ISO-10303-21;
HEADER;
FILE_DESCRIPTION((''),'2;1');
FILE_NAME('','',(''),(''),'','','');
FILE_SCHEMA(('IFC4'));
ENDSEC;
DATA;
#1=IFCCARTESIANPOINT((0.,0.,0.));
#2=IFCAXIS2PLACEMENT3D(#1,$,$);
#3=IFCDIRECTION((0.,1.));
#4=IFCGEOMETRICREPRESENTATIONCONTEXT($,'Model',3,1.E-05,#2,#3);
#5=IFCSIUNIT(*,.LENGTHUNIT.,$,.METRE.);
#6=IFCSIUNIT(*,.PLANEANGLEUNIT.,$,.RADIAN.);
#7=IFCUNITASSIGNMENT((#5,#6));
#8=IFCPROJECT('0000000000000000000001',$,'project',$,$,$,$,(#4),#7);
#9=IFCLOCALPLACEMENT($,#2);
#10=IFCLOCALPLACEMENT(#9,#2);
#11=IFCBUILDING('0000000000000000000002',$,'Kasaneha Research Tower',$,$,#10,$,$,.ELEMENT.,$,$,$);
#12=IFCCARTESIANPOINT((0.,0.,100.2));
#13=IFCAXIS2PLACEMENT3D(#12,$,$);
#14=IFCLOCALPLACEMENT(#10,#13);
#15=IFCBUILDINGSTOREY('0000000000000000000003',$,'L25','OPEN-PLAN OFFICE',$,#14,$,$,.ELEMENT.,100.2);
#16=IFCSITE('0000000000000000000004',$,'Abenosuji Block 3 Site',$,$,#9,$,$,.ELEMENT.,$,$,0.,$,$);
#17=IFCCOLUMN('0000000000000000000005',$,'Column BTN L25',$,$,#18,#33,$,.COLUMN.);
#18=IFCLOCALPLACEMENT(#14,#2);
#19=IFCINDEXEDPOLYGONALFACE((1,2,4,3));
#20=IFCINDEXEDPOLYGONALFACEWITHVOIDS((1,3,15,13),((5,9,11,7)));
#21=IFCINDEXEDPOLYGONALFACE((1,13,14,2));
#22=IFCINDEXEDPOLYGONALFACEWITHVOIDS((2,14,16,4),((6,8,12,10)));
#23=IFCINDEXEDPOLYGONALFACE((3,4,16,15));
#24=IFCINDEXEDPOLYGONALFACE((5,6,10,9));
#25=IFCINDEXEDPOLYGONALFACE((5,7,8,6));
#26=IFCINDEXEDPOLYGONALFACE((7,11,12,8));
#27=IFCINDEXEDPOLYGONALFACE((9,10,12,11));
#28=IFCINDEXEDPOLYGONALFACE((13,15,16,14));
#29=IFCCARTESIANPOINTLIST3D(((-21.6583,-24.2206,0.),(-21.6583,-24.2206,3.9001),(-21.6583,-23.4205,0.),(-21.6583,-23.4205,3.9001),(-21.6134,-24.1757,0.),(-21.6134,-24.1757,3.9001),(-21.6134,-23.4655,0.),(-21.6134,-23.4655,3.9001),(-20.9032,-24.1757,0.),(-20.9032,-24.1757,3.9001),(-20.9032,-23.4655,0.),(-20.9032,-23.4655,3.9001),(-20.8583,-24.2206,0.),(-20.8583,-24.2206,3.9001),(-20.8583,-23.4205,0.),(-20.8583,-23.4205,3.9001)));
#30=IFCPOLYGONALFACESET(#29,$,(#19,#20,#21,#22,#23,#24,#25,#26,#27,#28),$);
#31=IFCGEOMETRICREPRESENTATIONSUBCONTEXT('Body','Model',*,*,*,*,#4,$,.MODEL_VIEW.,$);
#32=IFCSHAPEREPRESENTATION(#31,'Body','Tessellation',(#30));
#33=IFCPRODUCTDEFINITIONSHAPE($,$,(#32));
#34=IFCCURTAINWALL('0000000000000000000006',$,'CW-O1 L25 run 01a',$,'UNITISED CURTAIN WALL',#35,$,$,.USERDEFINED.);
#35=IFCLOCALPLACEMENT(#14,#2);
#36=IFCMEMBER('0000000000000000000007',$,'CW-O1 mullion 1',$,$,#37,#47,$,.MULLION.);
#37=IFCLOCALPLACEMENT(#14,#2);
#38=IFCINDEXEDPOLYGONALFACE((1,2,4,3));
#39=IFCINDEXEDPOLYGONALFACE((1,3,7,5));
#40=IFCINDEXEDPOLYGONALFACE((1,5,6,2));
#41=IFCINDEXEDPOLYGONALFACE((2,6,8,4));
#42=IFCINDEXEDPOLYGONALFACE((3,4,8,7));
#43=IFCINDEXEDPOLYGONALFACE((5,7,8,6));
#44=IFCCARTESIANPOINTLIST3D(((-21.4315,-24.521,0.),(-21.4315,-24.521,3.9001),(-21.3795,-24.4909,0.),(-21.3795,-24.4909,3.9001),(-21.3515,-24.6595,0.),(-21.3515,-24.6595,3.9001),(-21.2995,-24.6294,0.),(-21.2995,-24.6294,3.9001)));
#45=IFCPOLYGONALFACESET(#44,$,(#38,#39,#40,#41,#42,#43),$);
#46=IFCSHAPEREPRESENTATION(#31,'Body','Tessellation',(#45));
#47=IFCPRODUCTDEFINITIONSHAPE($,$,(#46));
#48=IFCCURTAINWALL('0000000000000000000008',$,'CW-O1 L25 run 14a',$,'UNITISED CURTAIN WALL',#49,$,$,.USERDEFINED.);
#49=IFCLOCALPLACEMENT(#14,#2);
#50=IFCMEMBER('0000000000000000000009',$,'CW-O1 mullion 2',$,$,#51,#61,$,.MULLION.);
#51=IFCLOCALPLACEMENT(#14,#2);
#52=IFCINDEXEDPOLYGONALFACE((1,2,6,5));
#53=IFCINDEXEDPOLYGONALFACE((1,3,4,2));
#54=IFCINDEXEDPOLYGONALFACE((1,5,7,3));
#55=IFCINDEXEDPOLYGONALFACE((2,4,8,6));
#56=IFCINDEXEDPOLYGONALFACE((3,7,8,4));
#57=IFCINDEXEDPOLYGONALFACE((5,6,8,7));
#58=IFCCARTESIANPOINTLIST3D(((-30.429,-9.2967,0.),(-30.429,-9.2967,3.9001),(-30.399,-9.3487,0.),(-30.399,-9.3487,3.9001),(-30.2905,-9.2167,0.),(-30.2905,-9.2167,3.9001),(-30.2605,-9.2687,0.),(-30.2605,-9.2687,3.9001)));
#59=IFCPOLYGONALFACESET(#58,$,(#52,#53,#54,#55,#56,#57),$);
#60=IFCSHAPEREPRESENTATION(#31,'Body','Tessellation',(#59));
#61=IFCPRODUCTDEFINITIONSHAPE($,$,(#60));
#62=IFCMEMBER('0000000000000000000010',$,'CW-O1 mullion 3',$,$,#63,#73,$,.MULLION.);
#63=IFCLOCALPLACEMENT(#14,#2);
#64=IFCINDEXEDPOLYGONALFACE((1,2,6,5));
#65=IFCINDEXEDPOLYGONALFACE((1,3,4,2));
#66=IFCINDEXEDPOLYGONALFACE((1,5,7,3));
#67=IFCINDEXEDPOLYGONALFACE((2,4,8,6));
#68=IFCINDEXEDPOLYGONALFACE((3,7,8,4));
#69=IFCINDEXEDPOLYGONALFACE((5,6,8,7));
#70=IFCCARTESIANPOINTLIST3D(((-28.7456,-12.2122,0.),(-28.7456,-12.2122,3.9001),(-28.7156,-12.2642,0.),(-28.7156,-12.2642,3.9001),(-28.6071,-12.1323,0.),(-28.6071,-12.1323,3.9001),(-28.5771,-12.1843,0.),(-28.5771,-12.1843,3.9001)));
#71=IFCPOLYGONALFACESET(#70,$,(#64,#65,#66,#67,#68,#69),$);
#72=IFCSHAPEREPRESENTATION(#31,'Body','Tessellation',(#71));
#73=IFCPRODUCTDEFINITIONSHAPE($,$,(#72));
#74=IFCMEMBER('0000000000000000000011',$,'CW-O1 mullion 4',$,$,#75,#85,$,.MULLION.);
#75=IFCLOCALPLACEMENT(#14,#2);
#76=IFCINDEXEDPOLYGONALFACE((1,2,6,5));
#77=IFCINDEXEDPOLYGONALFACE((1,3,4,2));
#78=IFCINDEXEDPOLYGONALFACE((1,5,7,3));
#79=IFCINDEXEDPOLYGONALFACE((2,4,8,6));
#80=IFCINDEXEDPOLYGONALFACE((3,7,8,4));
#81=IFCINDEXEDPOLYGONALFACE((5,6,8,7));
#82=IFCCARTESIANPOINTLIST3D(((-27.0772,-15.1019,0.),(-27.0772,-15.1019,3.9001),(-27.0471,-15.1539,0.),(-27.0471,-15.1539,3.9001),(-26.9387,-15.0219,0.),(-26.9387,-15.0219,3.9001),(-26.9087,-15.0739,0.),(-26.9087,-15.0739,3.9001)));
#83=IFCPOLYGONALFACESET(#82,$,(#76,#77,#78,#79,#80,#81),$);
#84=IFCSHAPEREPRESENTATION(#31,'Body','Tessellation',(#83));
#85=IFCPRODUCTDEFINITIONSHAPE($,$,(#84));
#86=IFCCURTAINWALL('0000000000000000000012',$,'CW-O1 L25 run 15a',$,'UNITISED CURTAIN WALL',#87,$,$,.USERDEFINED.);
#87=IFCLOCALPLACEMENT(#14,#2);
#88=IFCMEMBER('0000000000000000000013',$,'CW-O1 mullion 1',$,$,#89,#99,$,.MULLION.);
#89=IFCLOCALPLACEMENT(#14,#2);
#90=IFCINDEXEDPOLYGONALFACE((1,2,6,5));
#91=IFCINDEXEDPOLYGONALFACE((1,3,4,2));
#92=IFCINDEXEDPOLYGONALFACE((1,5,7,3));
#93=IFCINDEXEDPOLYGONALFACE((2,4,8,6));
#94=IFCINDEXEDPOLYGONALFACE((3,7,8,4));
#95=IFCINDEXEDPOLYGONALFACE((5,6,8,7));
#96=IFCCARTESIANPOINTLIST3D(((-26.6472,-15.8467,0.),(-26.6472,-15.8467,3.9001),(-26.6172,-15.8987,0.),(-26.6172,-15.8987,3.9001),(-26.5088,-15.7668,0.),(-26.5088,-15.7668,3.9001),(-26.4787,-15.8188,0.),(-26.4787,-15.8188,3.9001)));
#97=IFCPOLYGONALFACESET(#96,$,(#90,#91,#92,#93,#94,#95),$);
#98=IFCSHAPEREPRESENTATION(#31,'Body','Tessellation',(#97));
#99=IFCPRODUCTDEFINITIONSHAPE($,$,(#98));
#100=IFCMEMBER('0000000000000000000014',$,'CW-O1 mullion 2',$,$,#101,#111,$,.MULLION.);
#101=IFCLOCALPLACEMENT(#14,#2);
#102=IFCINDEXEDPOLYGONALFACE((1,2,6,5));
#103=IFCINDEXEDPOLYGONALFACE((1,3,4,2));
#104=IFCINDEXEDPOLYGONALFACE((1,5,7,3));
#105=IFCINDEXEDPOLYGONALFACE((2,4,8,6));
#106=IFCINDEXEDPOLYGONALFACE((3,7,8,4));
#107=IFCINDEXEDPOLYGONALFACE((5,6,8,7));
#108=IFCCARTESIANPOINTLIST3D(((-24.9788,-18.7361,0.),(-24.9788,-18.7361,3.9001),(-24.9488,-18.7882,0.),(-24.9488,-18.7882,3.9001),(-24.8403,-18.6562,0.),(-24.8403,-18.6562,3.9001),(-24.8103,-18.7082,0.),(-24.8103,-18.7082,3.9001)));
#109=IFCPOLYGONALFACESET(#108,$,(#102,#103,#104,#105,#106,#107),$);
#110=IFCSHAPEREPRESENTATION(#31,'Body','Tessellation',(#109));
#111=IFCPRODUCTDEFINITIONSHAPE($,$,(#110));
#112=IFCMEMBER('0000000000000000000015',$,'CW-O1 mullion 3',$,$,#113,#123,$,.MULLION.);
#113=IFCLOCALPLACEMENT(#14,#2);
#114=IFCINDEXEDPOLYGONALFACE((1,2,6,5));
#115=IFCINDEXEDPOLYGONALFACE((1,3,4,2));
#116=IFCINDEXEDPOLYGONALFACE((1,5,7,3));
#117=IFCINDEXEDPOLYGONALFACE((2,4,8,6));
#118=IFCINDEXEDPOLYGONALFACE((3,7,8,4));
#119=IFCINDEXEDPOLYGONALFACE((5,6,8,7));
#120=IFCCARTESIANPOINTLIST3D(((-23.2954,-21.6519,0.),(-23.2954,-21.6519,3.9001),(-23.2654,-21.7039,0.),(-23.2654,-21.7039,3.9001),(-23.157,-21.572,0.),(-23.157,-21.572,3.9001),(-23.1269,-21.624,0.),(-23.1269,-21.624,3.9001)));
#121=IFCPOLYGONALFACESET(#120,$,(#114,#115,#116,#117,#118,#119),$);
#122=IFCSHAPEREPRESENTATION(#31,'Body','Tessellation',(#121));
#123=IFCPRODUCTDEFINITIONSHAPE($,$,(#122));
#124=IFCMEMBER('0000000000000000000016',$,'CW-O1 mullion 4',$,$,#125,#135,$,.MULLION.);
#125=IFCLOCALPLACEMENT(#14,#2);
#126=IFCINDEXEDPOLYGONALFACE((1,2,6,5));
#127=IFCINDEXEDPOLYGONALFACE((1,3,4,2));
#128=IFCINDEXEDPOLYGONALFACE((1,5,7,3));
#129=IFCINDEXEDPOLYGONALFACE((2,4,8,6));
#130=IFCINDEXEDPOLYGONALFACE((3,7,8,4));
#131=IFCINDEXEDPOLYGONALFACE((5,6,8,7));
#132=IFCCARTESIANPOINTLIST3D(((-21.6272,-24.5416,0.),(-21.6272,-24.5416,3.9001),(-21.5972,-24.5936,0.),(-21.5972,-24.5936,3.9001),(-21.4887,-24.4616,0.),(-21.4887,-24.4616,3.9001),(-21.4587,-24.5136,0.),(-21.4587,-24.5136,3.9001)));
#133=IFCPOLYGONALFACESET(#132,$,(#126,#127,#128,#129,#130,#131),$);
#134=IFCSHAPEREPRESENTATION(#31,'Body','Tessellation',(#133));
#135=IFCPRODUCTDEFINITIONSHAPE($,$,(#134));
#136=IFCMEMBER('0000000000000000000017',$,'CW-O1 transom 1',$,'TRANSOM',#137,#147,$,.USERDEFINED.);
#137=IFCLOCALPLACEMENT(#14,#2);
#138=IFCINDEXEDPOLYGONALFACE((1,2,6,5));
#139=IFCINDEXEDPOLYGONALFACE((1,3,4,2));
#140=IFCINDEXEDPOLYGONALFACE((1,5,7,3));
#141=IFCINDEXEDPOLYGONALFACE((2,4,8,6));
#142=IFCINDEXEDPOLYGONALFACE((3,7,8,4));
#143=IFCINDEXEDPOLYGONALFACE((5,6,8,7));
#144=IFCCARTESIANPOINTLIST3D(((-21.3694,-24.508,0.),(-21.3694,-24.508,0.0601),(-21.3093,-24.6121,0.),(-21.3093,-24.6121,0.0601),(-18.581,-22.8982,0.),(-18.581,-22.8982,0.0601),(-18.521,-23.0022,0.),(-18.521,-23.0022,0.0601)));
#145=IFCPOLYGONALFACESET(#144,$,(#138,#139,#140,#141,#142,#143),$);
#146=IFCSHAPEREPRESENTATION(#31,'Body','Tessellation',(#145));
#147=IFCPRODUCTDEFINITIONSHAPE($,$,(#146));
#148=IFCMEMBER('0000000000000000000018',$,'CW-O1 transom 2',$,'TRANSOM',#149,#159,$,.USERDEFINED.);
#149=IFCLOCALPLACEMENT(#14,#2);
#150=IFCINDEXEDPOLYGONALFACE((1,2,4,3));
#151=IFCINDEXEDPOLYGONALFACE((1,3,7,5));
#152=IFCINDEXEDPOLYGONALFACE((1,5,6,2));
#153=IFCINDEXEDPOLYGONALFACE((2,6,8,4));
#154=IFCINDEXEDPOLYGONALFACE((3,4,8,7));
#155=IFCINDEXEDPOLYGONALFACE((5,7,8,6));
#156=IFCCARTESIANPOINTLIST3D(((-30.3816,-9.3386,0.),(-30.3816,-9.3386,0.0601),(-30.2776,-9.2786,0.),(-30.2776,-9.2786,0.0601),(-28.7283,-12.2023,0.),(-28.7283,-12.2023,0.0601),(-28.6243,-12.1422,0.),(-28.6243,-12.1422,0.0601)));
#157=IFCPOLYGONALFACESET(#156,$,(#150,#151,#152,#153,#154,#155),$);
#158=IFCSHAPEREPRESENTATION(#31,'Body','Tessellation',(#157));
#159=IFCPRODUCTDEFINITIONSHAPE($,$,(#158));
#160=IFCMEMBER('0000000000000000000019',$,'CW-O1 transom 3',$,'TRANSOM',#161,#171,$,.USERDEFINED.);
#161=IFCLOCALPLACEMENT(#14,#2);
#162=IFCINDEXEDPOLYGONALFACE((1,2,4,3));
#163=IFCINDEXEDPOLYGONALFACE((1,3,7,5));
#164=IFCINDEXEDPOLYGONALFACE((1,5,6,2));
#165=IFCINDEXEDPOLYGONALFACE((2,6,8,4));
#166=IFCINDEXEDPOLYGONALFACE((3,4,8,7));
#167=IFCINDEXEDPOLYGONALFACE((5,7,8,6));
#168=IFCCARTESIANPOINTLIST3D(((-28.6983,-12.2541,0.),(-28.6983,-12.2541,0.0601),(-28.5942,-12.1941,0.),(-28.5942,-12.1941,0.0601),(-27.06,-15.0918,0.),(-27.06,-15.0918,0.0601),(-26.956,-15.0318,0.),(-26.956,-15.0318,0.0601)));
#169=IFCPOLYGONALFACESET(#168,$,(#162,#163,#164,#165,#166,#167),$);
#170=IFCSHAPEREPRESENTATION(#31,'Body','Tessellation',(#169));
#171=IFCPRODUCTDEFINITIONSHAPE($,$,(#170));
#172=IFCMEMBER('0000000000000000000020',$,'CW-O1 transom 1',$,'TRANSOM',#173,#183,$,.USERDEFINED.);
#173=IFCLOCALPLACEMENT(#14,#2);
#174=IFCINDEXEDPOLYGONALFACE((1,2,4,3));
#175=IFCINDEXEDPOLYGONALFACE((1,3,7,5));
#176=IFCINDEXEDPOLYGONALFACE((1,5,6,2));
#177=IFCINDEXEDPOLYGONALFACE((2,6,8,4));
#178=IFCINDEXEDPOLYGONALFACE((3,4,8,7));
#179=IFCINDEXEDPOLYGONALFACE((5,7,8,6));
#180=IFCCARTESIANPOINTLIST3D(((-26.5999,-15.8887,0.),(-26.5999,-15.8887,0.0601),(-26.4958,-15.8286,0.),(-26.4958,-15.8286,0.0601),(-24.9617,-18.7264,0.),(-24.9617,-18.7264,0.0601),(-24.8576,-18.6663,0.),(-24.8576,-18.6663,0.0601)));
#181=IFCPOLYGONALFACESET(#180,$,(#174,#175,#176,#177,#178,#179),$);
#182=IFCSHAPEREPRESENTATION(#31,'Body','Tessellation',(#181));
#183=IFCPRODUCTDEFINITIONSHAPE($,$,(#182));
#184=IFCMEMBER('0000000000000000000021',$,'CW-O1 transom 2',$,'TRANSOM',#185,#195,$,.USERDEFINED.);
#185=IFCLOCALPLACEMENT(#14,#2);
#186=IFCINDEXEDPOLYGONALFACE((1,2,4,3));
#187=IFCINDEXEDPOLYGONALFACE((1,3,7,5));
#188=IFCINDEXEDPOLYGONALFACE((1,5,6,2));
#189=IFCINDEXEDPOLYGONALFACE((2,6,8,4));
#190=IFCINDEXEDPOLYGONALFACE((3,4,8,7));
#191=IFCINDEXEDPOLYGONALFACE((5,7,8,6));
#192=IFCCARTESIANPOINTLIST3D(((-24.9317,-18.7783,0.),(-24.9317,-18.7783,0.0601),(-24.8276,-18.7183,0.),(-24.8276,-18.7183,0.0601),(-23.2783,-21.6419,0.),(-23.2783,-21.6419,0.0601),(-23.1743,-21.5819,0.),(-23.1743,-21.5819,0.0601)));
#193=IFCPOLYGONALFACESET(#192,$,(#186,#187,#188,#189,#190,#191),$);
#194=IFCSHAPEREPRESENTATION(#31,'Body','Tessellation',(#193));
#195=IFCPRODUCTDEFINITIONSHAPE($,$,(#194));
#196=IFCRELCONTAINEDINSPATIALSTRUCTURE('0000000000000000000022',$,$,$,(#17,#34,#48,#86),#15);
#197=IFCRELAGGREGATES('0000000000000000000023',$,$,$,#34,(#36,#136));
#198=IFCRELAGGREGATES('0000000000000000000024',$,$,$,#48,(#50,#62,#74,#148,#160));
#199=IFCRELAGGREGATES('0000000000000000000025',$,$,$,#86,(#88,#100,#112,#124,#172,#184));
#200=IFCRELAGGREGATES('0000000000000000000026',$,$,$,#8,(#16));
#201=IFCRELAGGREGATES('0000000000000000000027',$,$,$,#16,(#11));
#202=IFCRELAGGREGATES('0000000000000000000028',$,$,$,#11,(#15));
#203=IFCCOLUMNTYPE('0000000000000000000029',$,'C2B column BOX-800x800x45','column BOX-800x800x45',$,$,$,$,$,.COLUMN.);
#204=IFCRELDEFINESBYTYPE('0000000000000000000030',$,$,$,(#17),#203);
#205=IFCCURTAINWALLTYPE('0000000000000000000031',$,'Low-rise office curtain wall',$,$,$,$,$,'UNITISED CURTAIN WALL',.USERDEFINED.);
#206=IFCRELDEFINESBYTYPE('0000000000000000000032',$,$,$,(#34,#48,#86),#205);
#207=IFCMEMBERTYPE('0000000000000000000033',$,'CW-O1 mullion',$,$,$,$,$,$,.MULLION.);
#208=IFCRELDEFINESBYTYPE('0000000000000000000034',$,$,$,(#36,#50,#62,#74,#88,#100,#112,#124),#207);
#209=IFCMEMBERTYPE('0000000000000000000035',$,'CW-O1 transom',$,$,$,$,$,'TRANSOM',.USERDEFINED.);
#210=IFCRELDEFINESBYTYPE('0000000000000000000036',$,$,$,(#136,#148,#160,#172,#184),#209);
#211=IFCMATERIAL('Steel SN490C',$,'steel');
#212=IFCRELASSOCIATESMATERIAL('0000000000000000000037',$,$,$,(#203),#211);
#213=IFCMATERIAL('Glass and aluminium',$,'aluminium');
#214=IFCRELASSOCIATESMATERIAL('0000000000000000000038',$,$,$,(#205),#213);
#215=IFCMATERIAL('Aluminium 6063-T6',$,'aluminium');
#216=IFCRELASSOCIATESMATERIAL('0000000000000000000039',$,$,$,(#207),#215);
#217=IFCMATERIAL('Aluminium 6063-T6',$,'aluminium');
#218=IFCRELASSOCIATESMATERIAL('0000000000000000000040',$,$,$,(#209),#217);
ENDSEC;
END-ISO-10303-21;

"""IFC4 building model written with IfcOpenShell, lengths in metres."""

from ifc_helpers import new_model, si_unit, direction, frame, origin, origin_2d, place, context, subcontext, project, spatial, rectangle, hollow_rectangle, extrude, material, material_profile, profile_set, type_object, element, aggregate, save


model = new_model("IFC4")

# Units and contexts
model_context = context("Model", 3, precision=1e-05, world=origin(), true_north=direction((0.0, 1.0)))
body_context = subcontext(model_context, "Body", "Model", "MODEL_VIEW")
ifc_project = project(units=[si_unit("LENGTHUNIT", "METRE"), si_unit("PLANEANGLEUNIT", "RADIAN")], contexts=[model_context])

# Site, building, storey
site_placement = place(None, origin())
site = spatial("IfcSite", under=ifc_project, at=site_placement, Name="Abenosuji Block 3 Site", CompositionType="ELEMENT", RefElevation=0.0)
building_placement = place(site_placement, origin())
building = spatial("IfcBuilding", under=site, at=building_placement, Name="Kasaneha Research Tower", CompositionType="ELEMENT")
storey_placement = place(building_placement, frame((0.0, 0.0, 100.2)))
storey = spatial("IfcBuildingStorey", under=building, at=storey_placement, Name="L25", Description="OPEN-PLAN OFFICE", CompositionType="ELEMENT", Elevation=100.2)

# Column
ifc_material_1 = material(Name="Steel SN490C", Category="steel")
ifc_material_profile_1 = material_profile(ifc_material_1, hollow_rectangle(XDim=0.8, YDim=0.8, WallThickness=0.0449, at=origin_2d()), Name="BOX-800x800x45")
ifc_profile_set_1 = profile_set([ifc_material_profile_1], Name="Steel SN490C")
column_type = type_object("IfcColumnType", Name="C2B column BOX-800x800x45", Description="column BOX-800x800x45", PredefinedType="COLUMN", material=ifc_profile_set_1)
column_placement = place(storey_placement, frame((-21.2583, -23.8206, 0.0), z_axis=(0.0, 0.0, 1.0), x_axis=(1.0, 0.0, 0.0)))
element("IfcColumn", 1, at=column_placement, inside=storey, type_object=column_type, Name="Column BTN L25", PredefinedType="COLUMN", context=body_context, shape_type="SweptSolid", body=[
    extrude(hollow_rectangle(XDim=0.8, YDim=0.8, WallThickness=0.0449, at=origin_2d()), origin(), (0.0, 0.0, 1.0), 3.9001),
])

# Curtain wall, member
ifc_material_2 = material(Name="Glass and aluminium", Category="aluminium")
curtain_wall_type = type_object("IfcCurtainWallType", Name="Low-rise office curtain wall", ElementType="UNITISED CURTAIN WALL", PredefinedType="USERDEFINED", material=ifc_material_2)
curtain_wall_1_placement = place(storey_placement, origin())
curtain_wall_1 = element("IfcCurtainWall", 2, at=curtain_wall_1_placement, inside=storey, type_object=curtain_wall_type, Name="CW-O1 L25 run 01a", ObjectType="UNITISED CURTAIN WALL", PredefinedType="USERDEFINED")
ifc_material_3 = material(Name="Aluminium 6063-T6", Category="aluminium")
ifc_material_profile_2 = material_profile(ifc_material_3, rectangle(XDim=0.0601, YDim=0.1599, at=origin_2d()), Name="CW-O1 mullion 60x160")
ifc_profile_set_2 = profile_set([ifc_material_profile_2], Name="Aluminium 6063-T6")
member_type_1 = type_object("IfcMemberType", Name="CW-O1 mullion", PredefinedType="MULLION", material=ifc_profile_set_2)
member_1_placement = place(storey_placement, frame((-21.3655, -24.5752, 0.0), z_axis=(0.0, 0.0, 1.0), x_axis=(0.866025, 0.5, 0.0)))
member_1 = element("IfcMember", 3, at=member_1_placement, type_object=member_type_1, Name="CW-O1 mullion 1", PredefinedType="MULLION", context=body_context, shape_type="SweptSolid", body=[
    extrude(rectangle(XDim=0.0601, YDim=0.1599, at=origin_2d()), origin(), (0.0, 0.0, 1.0), 3.9001),
])

# Curtain walls, members
curtain_wall_2_placement = place(storey_placement, origin())
curtain_wall_2 = element("IfcCurtainWall", 4, at=curtain_wall_2_placement, inside=storey, type_object=curtain_wall_type, Name="CW-O1 L25 run 14a", ObjectType="UNITISED CURTAIN WALL", PredefinedType="USERDEFINED")
member_2_placement = place(storey_placement, frame((-30.3447, -9.2827, 0.0), z_axis=(0.0, 0.0, 1.0), x_axis=(0.5, -0.866025, 0.0)))
member_2 = element("IfcMember", 5, at=member_2_placement, type_object=member_type_1, Name="CW-O1 mullion 2", PredefinedType="MULLION", context=body_context, shape_type="SweptSolid", body=[
    extrude(rectangle(XDim=0.0601, YDim=0.1599, at=origin_2d()), origin(), (0.0, 0.0, 1.0), 3.9001),
])
member_3_placement = place(storey_placement, frame((-28.6614, -12.1982, 0.0), z_axis=(0.0, 0.0, 1.0), x_axis=(0.5, -0.866025, 0.0)))
member_3 = element("IfcMember", 6, at=member_3_placement, type_object=member_type_1, Name="CW-O1 mullion 3", PredefinedType="MULLION", context=body_context, shape_type="SweptSolid", body=[
    extrude(rectangle(XDim=0.0601, YDim=0.1599, at=origin_2d()), origin(), (0.0, 0.0, 1.0), 3.9001),
])
member_4_placement = place(storey_placement, frame((-26.9929, -15.0879, 0.0), z_axis=(0.0, 0.0, 1.0), x_axis=(0.5, -0.866025, 0.0)))
member_4 = element("IfcMember", 7, at=member_4_placement, type_object=member_type_1, Name="CW-O1 mullion 4", PredefinedType="MULLION", context=body_context, shape_type="SweptSolid", body=[
    extrude(rectangle(XDim=0.0601, YDim=0.1599, at=origin_2d()), origin(), (0.0, 0.0, 1.0), 3.9001),
])
curtain_wall_3_placement = place(storey_placement, origin())
curtain_wall_3 = element("IfcCurtainWall", 8, at=curtain_wall_3_placement, inside=storey, type_object=curtain_wall_type, Name="CW-O1 L25 run 15a", ObjectType="UNITISED CURTAIN WALL", PredefinedType="USERDEFINED")
member_5_placement = place(storey_placement, frame((-26.563, -15.8328, 0.0), z_axis=(0.0, 0.0, 1.0), x_axis=(0.5, -0.866025, 0.0)))
member_5 = element("IfcMember", 9, at=member_5_placement, type_object=member_type_1, Name="CW-O1 mullion 1", PredefinedType="MULLION", context=body_context, shape_type="SweptSolid", body=[
    extrude(rectangle(XDim=0.0601, YDim=0.1599, at=origin_2d()), origin(), (0.0, 0.0, 1.0), 3.9001),
])
member_6_placement = place(storey_placement, frame((-24.8945, -18.7222, 0.0), z_axis=(0.0, 0.0, 1.0), x_axis=(0.5, -0.866025, 0.0)))
member_6 = element("IfcMember", 10, at=member_6_placement, type_object=member_type_1, Name="CW-O1 mullion 2", PredefinedType="MULLION", context=body_context, shape_type="SweptSolid", body=[
    extrude(rectangle(XDim=0.0601, YDim=0.1599, at=origin_2d()), origin(), (0.0, 0.0, 1.0), 3.9001),
])
member_7_placement = place(storey_placement, frame((-23.2112, -21.6379, 0.0), z_axis=(0.0, 0.0, 1.0), x_axis=(0.5, -0.866025, 0.0)))
member_7 = element("IfcMember", 11, at=member_7_placement, type_object=member_type_1, Name="CW-O1 mullion 3", PredefinedType="MULLION", context=body_context, shape_type="SweptSolid", body=[
    extrude(rectangle(XDim=0.0601, YDim=0.1599, at=origin_2d()), origin(), (0.0, 0.0, 1.0), 3.9001),
])
member_8_placement = place(storey_placement, frame((-21.543, -24.5276, 0.0), z_axis=(0.0, 0.0, 1.0), x_axis=(0.5, -0.866025, 0.0)))
member_8 = element("IfcMember", 12, at=member_8_placement, type_object=member_type_1, Name="CW-O1 mullion 4", PredefinedType="MULLION", context=body_context, shape_type="SweptSolid", body=[
    extrude(rectangle(XDim=0.0601, YDim=0.1599, at=origin_2d()), origin(), (0.0, 0.0, 1.0), 3.9001),
])

# Members
ifc_material_4 = material(Name="Aluminium 6063-T6", Category="aluminium")
ifc_material_profile_3 = material_profile(ifc_material_4, rectangle(XDim=0.1201, YDim=0.0601, at=origin_2d()), Name="CW-O1 transom 120x60")
ifc_profile_set_3 = profile_set([ifc_material_profile_3], Name="Aluminium 6063-T6")
member_type_2 = type_object("IfcMemberType", Name="CW-O1 transom", ElementType="TRANSOM", PredefinedType="USERDEFINED", material=ifc_profile_set_3)
member_9_placement = place(storey_placement, frame((-21.3394, -24.5601, 0.03), z_axis=(0.866023, 0.500005, 0.0), x_axis=(-0.500005, 0.866023, 0.0)))
member_9 = element("IfcMember", 13, at=member_9_placement, type_object=member_type_2, Name="CW-O1 transom 1", ObjectType="TRANSOM", PredefinedType="USERDEFINED", context=body_context, shape_type="SweptSolid", body=[
    extrude(rectangle(XDim=0.1201, YDim=0.0601, at=origin_2d()), origin(), (0.0, 0.0, 1.0), 3.2197),
])
member_10_placement = place(storey_placement, frame((-30.3296, -9.3086, 0.03), z_axis=(0.499982, -0.866036, 0.0), x_axis=(0.866036, 0.499982, 0.0)))
member_10 = element("IfcMember", 14, at=member_10_placement, type_object=member_type_2, Name="CW-O1 transom 2", ObjectType="TRANSOM", PredefinedType="USERDEFINED", context=body_context, shape_type="SweptSolid", body=[
    extrude(rectangle(XDim=0.1201, YDim=0.0601, at=origin_2d()), origin(), (0.0, 0.0, 1.0), 3.3066),
])
member_11_placement = place(storey_placement, frame((-28.6462, -12.2241, 0.03), z_axis=(0.49997, -0.866043, 0.0), x_axis=(0.866043, 0.49997, 0.0)))
member_11 = element("IfcMember", 15, at=member_11_placement, type_object=member_type_2, Name="CW-O1 transom 3", ObjectType="TRANSOM", PredefinedType="USERDEFINED", context=body_context, shape_type="SweptSolid", body=[
    extrude(rectangle(XDim=0.1201, YDim=0.0601, at=origin_2d()), origin(), (0.0, 0.0, 1.0), 3.2766),
])
member_12_placement = place(storey_placement, frame((-26.5479, -15.8586, 0.03), z_axis=(0.49997, -0.866043, 0.0), x_axis=(0.866043, 0.49997, 0.0)))
member_12 = element("IfcMember", 16, at=member_12_placement, type_object=member_type_2, Name="CW-O1 transom 1", ObjectType="TRANSOM", PredefinedType="USERDEFINED", context=body_context, shape_type="SweptSolid", body=[
    extrude(rectangle(XDim=0.1201, YDim=0.0601, at=origin_2d()), origin(), (0.0, 0.0, 1.0), 3.2766),
])
member_13_placement = place(storey_placement, frame((-24.8796, -18.7483, 0.03), z_axis=(0.500014, -0.866017, 0.0), x_axis=(0.866017, 0.500014, 0.0)))
member_13 = element("IfcMember", 17, at=member_13_placement, type_object=member_type_2, Name="CW-O1 transom 2", ObjectType="TRANSOM", PredefinedType="USERDEFINED", context=body_context, shape_type="SweptSolid", body=[
    extrude(rectangle(XDim=0.1201, YDim=0.0601, at=origin_2d()), origin(), (0.0, 0.0, 1.0), 3.3066),
])

aggregate(curtain_wall_1, [member_1, member_9])
aggregate(curtain_wall_2, [member_2, member_3, member_4, member_10, member_11])
aggregate(curtain_wall_3, [member_5, member_6, member_7, member_8, member_12, member_13])

save(model, "model.ifc")
